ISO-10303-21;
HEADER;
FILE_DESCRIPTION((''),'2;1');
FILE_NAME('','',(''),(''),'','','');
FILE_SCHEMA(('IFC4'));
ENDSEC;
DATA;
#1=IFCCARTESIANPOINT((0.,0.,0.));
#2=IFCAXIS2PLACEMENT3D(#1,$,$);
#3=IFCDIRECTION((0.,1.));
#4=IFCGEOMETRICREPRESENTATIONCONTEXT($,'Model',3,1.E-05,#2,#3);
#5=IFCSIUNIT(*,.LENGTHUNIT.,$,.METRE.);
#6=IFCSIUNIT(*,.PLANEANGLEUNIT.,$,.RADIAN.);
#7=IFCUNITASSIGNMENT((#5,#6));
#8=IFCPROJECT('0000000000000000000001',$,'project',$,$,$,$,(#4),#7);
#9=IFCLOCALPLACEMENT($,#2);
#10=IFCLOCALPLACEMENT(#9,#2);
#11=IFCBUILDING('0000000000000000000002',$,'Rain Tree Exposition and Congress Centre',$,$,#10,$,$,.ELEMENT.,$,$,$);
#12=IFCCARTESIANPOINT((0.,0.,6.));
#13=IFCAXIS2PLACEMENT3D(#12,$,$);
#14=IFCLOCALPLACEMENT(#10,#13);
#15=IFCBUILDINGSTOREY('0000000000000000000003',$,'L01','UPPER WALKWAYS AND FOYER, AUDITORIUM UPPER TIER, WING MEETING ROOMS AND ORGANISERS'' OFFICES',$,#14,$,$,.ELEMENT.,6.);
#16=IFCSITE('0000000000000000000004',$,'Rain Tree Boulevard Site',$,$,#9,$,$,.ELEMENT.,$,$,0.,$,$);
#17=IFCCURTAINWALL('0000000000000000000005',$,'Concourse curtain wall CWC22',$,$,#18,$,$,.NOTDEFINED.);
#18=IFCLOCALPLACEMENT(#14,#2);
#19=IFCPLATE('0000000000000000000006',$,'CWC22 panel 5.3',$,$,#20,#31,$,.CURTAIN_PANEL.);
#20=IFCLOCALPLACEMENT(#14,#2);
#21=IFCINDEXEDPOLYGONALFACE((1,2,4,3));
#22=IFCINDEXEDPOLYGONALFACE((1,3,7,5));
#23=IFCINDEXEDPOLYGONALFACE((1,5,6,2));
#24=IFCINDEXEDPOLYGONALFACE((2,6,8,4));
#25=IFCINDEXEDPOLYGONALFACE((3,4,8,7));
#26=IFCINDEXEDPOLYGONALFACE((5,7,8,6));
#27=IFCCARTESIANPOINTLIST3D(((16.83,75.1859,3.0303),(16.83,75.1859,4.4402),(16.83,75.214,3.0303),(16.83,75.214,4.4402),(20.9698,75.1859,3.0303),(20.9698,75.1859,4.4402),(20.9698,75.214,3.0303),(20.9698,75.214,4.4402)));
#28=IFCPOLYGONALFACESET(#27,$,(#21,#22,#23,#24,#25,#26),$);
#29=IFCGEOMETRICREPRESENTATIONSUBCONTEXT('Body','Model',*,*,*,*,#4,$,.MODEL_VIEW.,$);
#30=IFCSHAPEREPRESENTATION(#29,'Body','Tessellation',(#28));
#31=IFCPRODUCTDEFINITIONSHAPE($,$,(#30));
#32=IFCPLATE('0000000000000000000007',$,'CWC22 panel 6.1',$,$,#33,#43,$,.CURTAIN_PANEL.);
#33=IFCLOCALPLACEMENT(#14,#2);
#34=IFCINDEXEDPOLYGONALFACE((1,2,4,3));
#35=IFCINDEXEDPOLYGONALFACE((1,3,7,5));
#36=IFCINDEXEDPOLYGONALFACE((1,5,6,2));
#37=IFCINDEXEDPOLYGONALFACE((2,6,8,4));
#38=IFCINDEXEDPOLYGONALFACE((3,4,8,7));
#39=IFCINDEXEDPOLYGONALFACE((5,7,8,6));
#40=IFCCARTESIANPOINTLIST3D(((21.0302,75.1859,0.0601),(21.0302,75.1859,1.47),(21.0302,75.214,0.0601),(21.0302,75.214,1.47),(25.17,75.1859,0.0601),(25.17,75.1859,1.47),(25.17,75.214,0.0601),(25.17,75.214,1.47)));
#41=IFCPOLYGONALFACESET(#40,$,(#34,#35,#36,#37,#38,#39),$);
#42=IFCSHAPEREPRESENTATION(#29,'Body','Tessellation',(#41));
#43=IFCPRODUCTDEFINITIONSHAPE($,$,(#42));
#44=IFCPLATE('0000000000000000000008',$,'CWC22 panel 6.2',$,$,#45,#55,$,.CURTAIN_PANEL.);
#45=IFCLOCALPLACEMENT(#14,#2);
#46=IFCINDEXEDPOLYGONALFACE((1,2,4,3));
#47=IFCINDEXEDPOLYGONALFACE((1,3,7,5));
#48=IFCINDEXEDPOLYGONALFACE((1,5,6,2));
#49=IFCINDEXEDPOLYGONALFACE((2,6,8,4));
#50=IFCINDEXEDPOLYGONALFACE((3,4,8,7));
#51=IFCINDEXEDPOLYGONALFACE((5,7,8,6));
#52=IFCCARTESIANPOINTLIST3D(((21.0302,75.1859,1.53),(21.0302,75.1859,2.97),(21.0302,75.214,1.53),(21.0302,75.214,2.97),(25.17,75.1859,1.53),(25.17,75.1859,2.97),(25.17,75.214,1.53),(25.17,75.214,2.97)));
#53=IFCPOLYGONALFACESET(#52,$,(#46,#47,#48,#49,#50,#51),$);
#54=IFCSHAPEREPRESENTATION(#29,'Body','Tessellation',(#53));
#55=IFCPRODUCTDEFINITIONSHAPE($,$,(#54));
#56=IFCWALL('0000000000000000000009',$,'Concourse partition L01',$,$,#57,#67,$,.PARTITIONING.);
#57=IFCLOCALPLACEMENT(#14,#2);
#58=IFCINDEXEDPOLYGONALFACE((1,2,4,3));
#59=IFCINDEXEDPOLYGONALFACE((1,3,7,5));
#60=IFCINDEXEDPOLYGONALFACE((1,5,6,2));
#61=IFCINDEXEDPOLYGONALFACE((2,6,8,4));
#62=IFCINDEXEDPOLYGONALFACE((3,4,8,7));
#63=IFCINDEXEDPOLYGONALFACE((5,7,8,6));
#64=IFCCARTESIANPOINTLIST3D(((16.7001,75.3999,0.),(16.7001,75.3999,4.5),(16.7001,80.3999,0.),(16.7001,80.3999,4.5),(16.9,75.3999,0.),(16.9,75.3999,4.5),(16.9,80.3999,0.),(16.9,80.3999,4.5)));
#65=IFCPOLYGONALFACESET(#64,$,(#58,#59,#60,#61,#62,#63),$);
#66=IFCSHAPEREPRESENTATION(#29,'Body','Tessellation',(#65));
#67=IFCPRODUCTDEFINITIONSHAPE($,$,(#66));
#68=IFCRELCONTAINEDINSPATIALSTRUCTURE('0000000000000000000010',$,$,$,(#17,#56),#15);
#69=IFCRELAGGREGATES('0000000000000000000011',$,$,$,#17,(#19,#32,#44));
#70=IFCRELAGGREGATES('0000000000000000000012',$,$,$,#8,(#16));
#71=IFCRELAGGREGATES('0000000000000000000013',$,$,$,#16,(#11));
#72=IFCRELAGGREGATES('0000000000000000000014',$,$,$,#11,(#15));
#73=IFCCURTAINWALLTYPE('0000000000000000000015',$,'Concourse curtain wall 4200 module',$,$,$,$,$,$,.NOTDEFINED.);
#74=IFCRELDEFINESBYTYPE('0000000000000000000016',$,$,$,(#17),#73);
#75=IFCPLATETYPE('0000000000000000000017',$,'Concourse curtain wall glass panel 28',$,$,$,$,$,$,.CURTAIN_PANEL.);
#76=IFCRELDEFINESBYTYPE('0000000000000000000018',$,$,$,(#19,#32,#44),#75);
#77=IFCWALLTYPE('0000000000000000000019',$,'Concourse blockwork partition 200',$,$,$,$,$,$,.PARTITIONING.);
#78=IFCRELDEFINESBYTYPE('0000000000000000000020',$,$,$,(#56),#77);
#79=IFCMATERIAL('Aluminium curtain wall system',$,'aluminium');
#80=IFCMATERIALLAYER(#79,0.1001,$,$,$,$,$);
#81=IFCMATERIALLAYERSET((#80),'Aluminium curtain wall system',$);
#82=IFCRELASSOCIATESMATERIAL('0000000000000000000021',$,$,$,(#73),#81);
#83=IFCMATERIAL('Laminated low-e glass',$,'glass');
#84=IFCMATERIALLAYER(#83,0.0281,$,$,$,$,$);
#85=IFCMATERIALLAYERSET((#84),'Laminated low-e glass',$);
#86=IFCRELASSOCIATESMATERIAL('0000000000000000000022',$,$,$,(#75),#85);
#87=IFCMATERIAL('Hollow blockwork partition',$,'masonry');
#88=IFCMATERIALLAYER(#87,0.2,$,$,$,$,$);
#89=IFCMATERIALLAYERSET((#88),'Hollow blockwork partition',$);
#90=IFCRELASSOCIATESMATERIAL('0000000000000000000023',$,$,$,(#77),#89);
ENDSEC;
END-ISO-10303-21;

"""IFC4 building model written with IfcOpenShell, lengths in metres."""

from ifc_helpers import new_model, si_unit, direction, frame, frame_2d, origin, origin_2d, place, context, subcontext, project, spatial, rectangle, extrude, material, layer, layer_set, type_object, element, aggregate, save


model = new_model("IFC4")

# Units and contexts
model_context = context("Model", 3, precision=1e-05, world=origin(), true_north=direction((0.0, 1.0)))
body_context = subcontext(model_context, "Body", "Model", "MODEL_VIEW")
ifc_project = project(units=[si_unit("LENGTHUNIT", "METRE"), si_unit("PLANEANGLEUNIT", "RADIAN")], contexts=[model_context])

# Site, building, storey
site_placement = place(None, origin())
site = spatial("IfcSite", under=ifc_project, at=site_placement, Name="Rain Tree Boulevard Site", CompositionType="ELEMENT", RefElevation=0.0)
building_placement = place(site_placement, origin())
building = spatial("IfcBuilding", under=site, at=building_placement, Name="Rain Tree Exposition and Congress Centre", CompositionType="ELEMENT")
storey_placement = place(building_placement, frame((0.0, 0.0, 6.0)))
storey = spatial("IfcBuildingStorey", under=building, at=storey_placement, Name="L01", Description="UPPER WALKWAYS AND FOYER, AUDITORIUM UPPER TIER, WING MEETING ROOMS AND ORGANISERS' OFFICES", CompositionType="ELEMENT", Elevation=6.0)

# Curtain wall
ifc_material_1 = material(Name="Aluminium curtain wall system", Category="aluminium")
ifc_layer_1 = layer(ifc_material_1, 0.1001)
ifc_layer_set_1 = layer_set([ifc_layer_1], Name="Aluminium curtain wall system")
curtain_wall_type = type_object("IfcCurtainWallType", Name="Concourse curtain wall 4200 module", PredefinedType="NOTDEFINED", material=ifc_layer_set_1)
curtain_wall_placement = place(storey_placement, origin())
curtain_wall = element("IfcCurtainWall", 1, at=curtain_wall_placement, inside=storey, type_object=curtain_wall_type, Name="Concourse curtain wall CWC22", PredefinedType="NOTDEFINED")

# Plates
ifc_material_2 = material(Name="Laminated low-e glass", Category="glass")
ifc_layer_2 = layer(ifc_material_2, 0.0281)
ifc_layer_set_2 = layer_set([ifc_layer_2], Name="Laminated low-e glass")
plate_type = type_object("IfcPlateType", Name="Concourse curtain wall glass panel 28", PredefinedType="CURTAIN_PANEL", material=ifc_layer_set_2)
plate_1_placement = place(storey_placement, frame((18.8999, 75.2, 3.0303), z_axis=(0.0, 0.0, 1.0), x_axis=(1.0, 0.0, 0.0)))
plate_1 = element("IfcPlate", 2, at=plate_1_placement, type_object=plate_type, Name="CWC22 panel 5.3", PredefinedType="CURTAIN_PANEL", context=body_context, shape_type="SweptSolid", body=[
    extrude(rectangle(XDim=4.1399, YDim=0.0281, at=origin_2d()), origin(), (0.0, 0.0, 1.0), 1.4099),
])
plate_2_placement = place(storey_placement, frame((23.1001, 75.2, 0.0601), z_axis=(0.0, 0.0, 1.0), x_axis=(1.0, 0.0, 0.0)))
plate_2 = element("IfcPlate", 3, at=plate_2_placement, type_object=plate_type, Name="CWC22 panel 6.1", PredefinedType="CURTAIN_PANEL", context=body_context, shape_type="SweptSolid", body=[
    extrude(rectangle(XDim=4.1399, YDim=0.0281, at=origin_2d()), origin(), (0.0, 0.0, 1.0), 1.4099),
])
plate_3_placement = place(storey_placement, frame((23.1001, 75.2, 1.53), z_axis=(0.0, 0.0, 1.0), x_axis=(1.0, 0.0, 0.0)))
plate_3 = element("IfcPlate", 4, at=plate_3_placement, type_object=plate_type, Name="CWC22 panel 6.2", PredefinedType="CURTAIN_PANEL", context=body_context, shape_type="SweptSolid", body=[
    extrude(rectangle(XDim=4.1399, YDim=0.0281, at=origin_2d()), origin(), (0.0, 0.0, 1.0), 1.4399),
])
aggregate(curtain_wall, [plate_1, plate_2, plate_3])

# Wall
ifc_material_3 = material(Name="Hollow blockwork partition", Category="masonry")
ifc_layer_3 = layer(ifc_material_3, 0.2)
ifc_layer_set_3 = layer_set([ifc_layer_3], Name="Hollow blockwork partition")
wall_type = type_object("IfcWallType", Name="Concourse blockwork partition 200", PredefinedType="PARTITIONING", material=ifc_layer_set_3)
wall_1_placement = place(storey_placement, frame((16.8, 75.3999, 0.0), z_axis=(0.0, 0.0, 1.0), x_axis=(0.0, 1.0, 0.0)))
element("IfcWall", 5, at=wall_1_placement, inside=storey, type_object=wall_type, Name="Concourse partition L01", PredefinedType="PARTITIONING", context=body_context, shape_type="SweptSolid", body=[
    extrude(rectangle(XDim=5.0, YDim=0.2, at=frame_2d((2.5, 0.0))), origin(), (0.0, 0.0, 1.0), 4.5),
])

save(model, "model.ifc")
